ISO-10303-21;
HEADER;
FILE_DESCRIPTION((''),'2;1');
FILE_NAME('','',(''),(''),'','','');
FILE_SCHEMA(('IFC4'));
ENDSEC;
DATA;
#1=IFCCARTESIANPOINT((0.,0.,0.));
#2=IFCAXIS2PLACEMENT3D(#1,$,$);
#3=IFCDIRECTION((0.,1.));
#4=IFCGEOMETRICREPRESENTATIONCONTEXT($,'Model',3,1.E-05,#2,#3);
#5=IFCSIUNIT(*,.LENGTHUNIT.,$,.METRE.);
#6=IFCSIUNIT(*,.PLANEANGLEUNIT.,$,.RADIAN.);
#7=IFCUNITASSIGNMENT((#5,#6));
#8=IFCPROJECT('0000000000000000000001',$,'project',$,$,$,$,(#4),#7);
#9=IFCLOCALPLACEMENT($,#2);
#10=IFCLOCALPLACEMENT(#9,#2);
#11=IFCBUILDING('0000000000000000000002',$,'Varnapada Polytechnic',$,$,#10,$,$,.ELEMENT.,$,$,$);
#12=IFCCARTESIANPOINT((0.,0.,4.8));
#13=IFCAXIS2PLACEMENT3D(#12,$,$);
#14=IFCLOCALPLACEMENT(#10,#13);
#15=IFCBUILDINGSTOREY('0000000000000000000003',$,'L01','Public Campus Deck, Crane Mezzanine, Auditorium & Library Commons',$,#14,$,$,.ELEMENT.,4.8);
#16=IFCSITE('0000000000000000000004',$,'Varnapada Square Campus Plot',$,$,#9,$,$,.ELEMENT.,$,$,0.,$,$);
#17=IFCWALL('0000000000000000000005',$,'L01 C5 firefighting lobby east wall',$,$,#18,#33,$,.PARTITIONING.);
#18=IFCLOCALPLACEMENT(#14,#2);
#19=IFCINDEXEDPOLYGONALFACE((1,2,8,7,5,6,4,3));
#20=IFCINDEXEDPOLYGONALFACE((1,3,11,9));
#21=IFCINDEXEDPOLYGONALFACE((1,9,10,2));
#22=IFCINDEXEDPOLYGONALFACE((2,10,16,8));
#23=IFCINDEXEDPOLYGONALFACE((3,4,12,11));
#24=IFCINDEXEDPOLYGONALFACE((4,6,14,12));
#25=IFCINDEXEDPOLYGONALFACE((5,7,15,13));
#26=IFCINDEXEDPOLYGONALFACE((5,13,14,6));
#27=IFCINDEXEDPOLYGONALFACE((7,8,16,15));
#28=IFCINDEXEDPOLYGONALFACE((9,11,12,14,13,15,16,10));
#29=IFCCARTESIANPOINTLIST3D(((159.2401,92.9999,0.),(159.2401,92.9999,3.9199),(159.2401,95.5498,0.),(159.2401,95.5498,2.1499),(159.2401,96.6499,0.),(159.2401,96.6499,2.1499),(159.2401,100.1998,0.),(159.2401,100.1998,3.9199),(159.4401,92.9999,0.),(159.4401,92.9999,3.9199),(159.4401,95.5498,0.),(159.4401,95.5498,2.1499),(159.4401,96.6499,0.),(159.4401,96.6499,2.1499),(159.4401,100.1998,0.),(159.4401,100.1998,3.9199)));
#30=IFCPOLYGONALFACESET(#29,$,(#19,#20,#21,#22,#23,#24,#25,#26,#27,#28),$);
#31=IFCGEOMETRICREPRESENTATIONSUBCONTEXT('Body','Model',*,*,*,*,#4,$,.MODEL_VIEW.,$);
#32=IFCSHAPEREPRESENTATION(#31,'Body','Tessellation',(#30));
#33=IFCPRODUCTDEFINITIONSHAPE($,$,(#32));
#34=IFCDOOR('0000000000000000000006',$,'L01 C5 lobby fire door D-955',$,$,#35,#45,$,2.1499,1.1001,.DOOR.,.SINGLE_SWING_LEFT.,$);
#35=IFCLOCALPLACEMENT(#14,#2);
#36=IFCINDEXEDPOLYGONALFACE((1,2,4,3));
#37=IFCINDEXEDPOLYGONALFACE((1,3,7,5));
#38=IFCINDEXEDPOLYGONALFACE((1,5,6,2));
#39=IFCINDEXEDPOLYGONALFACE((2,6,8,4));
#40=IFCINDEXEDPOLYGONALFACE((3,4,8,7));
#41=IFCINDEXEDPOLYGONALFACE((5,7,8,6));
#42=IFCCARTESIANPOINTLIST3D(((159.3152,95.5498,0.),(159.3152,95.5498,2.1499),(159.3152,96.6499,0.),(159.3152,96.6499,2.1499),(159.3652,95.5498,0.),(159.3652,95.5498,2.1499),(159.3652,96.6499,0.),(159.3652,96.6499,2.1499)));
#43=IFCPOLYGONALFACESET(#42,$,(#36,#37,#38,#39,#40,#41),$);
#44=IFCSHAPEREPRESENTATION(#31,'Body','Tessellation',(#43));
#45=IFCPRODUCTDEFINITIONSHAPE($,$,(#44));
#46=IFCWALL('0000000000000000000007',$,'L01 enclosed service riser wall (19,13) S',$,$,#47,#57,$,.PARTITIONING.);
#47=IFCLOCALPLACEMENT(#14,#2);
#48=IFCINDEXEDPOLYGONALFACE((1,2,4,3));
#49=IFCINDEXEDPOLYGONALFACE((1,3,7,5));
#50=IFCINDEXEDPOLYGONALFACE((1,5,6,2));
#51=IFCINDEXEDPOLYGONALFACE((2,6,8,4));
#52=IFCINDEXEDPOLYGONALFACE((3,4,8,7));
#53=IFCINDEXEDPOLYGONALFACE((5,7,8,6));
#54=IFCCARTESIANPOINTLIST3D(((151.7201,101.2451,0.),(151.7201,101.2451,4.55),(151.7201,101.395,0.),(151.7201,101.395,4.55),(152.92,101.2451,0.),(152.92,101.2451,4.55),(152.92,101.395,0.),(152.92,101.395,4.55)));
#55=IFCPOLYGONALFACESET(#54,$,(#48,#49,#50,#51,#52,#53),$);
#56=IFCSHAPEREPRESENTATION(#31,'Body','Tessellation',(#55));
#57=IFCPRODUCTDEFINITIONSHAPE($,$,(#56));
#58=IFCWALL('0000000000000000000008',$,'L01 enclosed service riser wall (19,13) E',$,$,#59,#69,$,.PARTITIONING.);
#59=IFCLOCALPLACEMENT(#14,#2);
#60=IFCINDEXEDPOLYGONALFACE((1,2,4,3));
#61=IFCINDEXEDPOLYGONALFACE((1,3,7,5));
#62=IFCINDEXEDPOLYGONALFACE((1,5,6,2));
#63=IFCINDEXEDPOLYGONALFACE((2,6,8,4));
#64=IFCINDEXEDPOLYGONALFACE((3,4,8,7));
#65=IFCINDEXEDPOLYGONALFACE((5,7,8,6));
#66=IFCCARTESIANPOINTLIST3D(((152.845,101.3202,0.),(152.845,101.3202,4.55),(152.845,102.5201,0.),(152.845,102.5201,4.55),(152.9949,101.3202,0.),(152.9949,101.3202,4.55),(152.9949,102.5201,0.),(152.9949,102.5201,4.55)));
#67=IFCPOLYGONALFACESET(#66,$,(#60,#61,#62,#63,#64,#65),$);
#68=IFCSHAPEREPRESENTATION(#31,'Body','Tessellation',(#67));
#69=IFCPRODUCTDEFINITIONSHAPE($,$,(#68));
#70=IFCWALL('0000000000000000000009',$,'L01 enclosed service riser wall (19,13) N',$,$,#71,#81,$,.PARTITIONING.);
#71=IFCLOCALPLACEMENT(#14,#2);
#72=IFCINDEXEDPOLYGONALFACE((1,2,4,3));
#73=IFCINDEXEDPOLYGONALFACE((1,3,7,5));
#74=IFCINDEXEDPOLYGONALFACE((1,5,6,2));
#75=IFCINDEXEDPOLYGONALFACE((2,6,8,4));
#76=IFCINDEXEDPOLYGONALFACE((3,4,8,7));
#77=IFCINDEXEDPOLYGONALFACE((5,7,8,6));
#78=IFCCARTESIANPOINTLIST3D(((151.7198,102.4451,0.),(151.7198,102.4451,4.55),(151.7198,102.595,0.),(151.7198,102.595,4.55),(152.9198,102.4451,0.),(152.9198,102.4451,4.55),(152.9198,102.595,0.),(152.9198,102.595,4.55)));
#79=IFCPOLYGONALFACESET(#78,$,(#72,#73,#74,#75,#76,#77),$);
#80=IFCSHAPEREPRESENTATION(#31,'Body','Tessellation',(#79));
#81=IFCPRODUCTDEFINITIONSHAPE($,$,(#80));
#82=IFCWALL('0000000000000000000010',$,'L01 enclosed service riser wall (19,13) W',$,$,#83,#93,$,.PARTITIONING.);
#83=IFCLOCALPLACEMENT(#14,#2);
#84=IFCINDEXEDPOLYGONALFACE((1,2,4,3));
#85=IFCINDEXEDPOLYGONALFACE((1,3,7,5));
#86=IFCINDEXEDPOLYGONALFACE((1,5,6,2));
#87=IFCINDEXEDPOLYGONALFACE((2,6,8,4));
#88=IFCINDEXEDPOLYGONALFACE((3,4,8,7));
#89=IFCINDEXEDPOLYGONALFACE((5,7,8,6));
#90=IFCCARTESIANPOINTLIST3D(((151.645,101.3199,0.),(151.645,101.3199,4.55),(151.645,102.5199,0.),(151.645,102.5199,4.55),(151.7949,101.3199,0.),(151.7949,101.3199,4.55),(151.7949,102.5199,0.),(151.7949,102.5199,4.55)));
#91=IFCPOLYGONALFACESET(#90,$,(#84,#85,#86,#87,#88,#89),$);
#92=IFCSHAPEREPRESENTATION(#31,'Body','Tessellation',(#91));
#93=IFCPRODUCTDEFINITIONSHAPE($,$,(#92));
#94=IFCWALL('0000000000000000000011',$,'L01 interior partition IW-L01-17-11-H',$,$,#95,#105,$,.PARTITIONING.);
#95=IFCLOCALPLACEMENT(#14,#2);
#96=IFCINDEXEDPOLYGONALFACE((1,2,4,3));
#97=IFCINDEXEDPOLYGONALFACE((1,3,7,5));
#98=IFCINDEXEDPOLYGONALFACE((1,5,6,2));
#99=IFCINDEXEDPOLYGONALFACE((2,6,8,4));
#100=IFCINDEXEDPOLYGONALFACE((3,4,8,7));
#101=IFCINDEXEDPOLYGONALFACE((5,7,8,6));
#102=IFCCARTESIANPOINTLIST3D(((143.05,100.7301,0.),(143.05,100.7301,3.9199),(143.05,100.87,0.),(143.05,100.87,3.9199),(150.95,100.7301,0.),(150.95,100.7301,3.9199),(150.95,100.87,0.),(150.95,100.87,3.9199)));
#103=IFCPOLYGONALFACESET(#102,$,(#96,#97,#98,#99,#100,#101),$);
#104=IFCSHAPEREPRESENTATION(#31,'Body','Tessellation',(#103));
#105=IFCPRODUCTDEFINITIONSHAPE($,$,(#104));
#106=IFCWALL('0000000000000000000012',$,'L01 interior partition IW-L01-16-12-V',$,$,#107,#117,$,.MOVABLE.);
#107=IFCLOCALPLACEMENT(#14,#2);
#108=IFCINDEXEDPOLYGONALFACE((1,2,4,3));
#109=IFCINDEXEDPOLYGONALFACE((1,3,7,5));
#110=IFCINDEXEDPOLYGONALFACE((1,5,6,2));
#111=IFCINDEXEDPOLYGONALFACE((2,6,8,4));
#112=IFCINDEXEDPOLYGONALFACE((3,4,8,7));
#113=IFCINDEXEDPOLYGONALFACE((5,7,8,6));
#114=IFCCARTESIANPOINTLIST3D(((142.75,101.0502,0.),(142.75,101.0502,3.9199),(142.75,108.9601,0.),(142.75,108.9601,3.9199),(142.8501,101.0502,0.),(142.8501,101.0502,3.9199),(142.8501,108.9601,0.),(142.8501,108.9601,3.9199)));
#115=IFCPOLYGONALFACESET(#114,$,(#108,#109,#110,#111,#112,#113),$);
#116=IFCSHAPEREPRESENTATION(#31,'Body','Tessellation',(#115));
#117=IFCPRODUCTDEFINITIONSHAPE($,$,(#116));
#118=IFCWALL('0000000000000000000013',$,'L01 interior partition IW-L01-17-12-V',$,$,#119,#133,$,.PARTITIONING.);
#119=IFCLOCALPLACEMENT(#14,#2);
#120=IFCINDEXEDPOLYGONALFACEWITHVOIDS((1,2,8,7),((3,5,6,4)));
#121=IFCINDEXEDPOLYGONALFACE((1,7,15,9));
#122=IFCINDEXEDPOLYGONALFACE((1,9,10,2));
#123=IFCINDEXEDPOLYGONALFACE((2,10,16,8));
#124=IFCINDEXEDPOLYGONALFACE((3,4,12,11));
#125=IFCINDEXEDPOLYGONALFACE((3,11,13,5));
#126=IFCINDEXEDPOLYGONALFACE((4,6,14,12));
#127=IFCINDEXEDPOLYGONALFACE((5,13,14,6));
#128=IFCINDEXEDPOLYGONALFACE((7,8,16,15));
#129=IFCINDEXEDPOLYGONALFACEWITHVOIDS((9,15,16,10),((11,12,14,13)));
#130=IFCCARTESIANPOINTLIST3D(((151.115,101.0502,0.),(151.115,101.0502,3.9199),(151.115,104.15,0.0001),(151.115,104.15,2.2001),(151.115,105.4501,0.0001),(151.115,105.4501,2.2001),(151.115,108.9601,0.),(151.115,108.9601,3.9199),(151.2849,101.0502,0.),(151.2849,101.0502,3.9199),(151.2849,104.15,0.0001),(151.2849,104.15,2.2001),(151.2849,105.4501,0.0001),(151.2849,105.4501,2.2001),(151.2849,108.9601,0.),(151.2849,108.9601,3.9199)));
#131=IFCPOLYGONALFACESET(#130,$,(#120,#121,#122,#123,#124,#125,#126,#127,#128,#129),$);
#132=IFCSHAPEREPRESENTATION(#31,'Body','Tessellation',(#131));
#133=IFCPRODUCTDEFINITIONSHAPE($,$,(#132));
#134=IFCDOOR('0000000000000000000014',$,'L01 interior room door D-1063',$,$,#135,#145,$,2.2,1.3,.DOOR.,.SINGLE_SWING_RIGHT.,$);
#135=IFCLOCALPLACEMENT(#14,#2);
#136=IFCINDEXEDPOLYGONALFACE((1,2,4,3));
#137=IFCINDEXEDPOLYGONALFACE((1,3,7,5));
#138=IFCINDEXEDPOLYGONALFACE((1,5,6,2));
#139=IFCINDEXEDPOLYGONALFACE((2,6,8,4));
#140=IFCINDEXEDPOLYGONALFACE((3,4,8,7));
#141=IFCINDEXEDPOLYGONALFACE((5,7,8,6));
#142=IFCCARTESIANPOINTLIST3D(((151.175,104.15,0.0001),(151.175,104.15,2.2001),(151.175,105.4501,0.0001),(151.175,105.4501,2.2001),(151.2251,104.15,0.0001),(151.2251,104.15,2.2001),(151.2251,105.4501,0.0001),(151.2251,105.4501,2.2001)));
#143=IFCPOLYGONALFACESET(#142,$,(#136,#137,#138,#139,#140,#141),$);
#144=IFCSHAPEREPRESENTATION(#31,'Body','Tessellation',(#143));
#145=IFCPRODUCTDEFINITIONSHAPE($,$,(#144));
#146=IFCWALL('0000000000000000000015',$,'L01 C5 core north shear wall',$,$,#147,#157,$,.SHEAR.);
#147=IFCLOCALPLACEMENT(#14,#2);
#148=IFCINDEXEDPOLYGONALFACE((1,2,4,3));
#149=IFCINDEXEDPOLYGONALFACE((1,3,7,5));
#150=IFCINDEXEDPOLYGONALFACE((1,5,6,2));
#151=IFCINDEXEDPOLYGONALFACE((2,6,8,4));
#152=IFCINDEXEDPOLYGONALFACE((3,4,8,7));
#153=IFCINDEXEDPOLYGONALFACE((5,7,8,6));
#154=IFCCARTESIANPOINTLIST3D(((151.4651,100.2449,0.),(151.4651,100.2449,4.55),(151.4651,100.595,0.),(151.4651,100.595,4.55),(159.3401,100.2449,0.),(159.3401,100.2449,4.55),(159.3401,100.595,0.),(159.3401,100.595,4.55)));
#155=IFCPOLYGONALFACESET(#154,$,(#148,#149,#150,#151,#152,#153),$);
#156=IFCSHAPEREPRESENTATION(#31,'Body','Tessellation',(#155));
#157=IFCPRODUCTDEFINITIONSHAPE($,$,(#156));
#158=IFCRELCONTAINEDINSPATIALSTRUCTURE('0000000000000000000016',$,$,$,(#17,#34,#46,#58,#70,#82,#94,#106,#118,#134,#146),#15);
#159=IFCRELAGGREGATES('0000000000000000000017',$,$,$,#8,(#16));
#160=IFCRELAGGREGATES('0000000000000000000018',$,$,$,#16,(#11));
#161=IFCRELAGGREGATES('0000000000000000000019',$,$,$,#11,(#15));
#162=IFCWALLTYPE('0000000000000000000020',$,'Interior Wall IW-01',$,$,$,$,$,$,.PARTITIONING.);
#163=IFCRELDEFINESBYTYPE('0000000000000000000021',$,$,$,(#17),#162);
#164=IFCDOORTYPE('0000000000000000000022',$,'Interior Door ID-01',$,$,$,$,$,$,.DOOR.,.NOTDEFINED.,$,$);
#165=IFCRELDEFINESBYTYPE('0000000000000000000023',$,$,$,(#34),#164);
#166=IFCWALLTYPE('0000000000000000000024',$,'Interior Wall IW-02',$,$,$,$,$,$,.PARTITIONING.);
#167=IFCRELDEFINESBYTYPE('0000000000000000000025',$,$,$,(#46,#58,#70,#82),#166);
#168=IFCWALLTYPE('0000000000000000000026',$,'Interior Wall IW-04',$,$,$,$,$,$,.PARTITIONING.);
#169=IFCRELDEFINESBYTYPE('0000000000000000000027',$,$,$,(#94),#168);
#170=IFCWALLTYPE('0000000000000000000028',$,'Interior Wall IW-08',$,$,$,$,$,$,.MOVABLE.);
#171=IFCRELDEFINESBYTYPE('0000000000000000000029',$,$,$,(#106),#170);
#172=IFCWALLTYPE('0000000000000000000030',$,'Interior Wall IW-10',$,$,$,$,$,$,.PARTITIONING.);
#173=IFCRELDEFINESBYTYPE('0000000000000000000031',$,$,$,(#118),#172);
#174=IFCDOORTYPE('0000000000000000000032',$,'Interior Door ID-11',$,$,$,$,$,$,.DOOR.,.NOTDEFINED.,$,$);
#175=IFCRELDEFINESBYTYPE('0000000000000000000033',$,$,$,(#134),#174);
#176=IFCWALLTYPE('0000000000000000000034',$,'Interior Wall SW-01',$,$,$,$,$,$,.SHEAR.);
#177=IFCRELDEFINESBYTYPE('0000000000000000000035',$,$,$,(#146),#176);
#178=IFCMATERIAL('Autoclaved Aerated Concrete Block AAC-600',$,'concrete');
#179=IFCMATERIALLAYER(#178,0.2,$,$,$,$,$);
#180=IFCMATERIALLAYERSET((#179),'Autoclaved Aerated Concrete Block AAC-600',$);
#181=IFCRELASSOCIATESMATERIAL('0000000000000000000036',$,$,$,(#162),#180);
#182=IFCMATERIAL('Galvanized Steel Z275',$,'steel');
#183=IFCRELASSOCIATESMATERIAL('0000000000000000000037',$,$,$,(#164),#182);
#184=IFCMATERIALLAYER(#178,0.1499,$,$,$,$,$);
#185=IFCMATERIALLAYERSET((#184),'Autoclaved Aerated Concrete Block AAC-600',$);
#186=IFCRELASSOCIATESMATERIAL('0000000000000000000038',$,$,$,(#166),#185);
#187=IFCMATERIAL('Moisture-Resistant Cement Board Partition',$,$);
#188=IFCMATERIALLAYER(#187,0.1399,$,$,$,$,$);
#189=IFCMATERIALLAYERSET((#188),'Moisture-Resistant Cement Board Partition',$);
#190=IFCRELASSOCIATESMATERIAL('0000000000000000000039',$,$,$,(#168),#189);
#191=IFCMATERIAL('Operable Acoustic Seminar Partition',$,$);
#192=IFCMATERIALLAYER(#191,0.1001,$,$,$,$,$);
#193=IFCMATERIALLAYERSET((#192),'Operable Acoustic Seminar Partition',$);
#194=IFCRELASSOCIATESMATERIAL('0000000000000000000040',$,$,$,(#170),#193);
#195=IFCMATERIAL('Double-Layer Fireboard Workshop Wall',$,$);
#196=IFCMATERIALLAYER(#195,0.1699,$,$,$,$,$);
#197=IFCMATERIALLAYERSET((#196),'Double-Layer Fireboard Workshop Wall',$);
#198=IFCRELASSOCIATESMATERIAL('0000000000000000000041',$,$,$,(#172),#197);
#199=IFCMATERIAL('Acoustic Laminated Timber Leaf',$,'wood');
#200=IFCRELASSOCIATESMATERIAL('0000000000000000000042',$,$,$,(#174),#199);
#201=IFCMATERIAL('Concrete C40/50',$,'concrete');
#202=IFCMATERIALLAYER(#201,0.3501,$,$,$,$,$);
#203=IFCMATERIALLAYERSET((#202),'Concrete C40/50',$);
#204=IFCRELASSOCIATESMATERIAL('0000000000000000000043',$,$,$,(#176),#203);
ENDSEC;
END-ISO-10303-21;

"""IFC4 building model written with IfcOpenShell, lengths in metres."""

from ifc_helpers import new_model, si_unit, direction, frame, frame_2d, origin, place, context, subcontext, project, spatial, rectangle, extrude, material, layer, layer_set, type_object, element, fill, save


model = new_model("IFC4")

# Units and contexts
model_context = context("Model", 3, precision=1e-05, world=origin(), true_north=direction((0.0, 1.0)))
body_context = subcontext(model_context, "Body", "Model", "MODEL_VIEW")
ifc_project = project(units=[si_unit("LENGTHUNIT", "METRE"), si_unit("PLANEANGLEUNIT", "RADIAN")], contexts=[model_context])

# Site, building, storey
site_placement = place(None, origin())
site = spatial("IfcSite", under=ifc_project, at=site_placement, Name="Varnapada Square Campus Plot", CompositionType="ELEMENT", RefElevation=0.0)
building_placement = place(site_placement, origin())
building = spatial("IfcBuilding", under=site, at=building_placement, Name="Varnapada Polytechnic", CompositionType="ELEMENT")
storey_placement = place(building_placement, frame((0.0, 0.0, 4.8)))
storey = spatial("IfcBuildingStorey", under=building, at=storey_placement, Name="L01", Description="Public Campus Deck, Crane Mezzanine, Auditorium & Library Commons", CompositionType="ELEMENT", Elevation=4.8)

# Wall, opening, door
ifc_material_1 = material(Name="Autoclaved Aerated Concrete Block AAC-600", Category="concrete")
ifc_layer_1 = layer(ifc_material_1, 0.2)
ifc_layer_set_1 = layer_set([ifc_layer_1], Name="Autoclaved Aerated Concrete Block AAC-600")
wall_type_1 = type_object("IfcWallType", Name="Interior Wall IW-01", PredefinedType="PARTITIONING", material=ifc_layer_set_1)
wall_1_placement = place(storey_placement, frame((159.3401, 100.2, 0.0), z_axis=(0.0, 0.0, 1.0), x_axis=(0.0, -1.0, 0.0)))
wall_1 = element("IfcWall", 1, at=wall_1_placement, inside=storey, type_object=wall_type_1, Name="L01 C5 firefighting lobby east wall", PredefinedType="PARTITIONING", context=body_context, shape_type="SweptSolid", body=[
    extrude(rectangle(XDim=7.2, YDim=0.2, at=frame_2d((3.6001, 0.0))), origin(), (0.0, 0.0, 1.0), 3.9199),
])
opening_1_placement = place(wall_1_placement, frame((3.55, 0.0, 0.0)))
opening_1 = element("IfcOpeningElement", 2, at=opening_1_placement, cuts=wall_1, PredefinedType="OPENING", context=body_context, shape_type="SweptSolid", body=[
    extrude(rectangle(XDim=1.1001, YDim=2.1499, at=frame_2d((0.55, 1.075))), frame((0.0, 0.1099, 0.0), z_axis=(0.0, -1.0, 0.0), x_axis=(1.0, 0.0, 0.0)), (0.0, 0.0, 1.0), 0.22),
])
ifc_material_2 = material(Name="Galvanized Steel Z275", Category="steel")
door_type_1 = type_object("IfcDoorType", Name="Interior Door ID-01", OperationType="NOTDEFINED", PredefinedType="DOOR", material=ifc_material_2)
door_1_placement = place(opening_1_placement, frame((1.1001, 0.0, 0.0), z_axis=(0.0, 0.0, 1.0), x_axis=(-1.0, 0.0, 0.0)))
door_1 = element("IfcDoor", 3, at=door_1_placement, inside=storey, type_object=door_type_1, Name="L01 C5 lobby fire door D-955", OperationType="SINGLE_SWING_LEFT", OverallHeight=2.1499, OverallWidth=1.1001, PredefinedType="DOOR", context=body_context, shape_type="SweptSolid", body=[
    extrude(rectangle(XDim=1.1001, YDim=2.1499, at=frame_2d((0.55, 1.075))), frame((0.0, 0.0249, 0.0), z_axis=(0.0, -1.0, 0.0), x_axis=(1.0, 0.0, 0.0)), (0.0, 0.0, 1.0), 0.05),
])
fill(opening_1, door_1)

# Walls
ifc_layer_2 = layer(ifc_material_1, 0.1499)
ifc_layer_set_2 = layer_set([ifc_layer_2], Name="Autoclaved Aerated Concrete Block AAC-600")
wall_type_2 = type_object("IfcWallType", Name="Interior Wall IW-02", PredefinedType="PARTITIONING", material=ifc_layer_set_2)
for number, where, z_axis, x_axis, name in (
    (4, (151.72, 101.3201, 0.0), (0.0, 0.0, 1.0), (1.0, 0.0, 0.0), "L01 enclosed service riser wall (19,13) S"),
    (5, (152.9199, 101.3201, 0.0), (0.0, 0.0, 1.0), (0.0, 1.0, 0.0), "L01 enclosed service riser wall (19,13) E"),
    (6, (152.9199, 102.52, 0.0), (0.0, 0.0, 1.0), (-1.0, 0.0, 0.0), "L01 enclosed service riser wall (19,13) N"),
    (7, (151.72, 102.52, 0.0), (0.0, 0.0, 1.0), (0.0, -1.0, 0.0), "L01 enclosed service riser wall (19,13) W"),
):
    element("IfcWall", number, at=place(storey_placement, frame(where, z_axis=z_axis, x_axis=x_axis)), inside=storey, type_object=wall_type_2, Name=name, PredefinedType="PARTITIONING", context=body_context, shape_type="SweptSolid", body=[
        extrude(rectangle(XDim=1.2, YDim=0.1499, at=frame_2d((0.6001, 0.0))), origin(), (0.0, 0.0, 1.0), 4.55),
    ])
ifc_material_3 = material(Name="Moisture-Resistant Cement Board Partition")
ifc_layer_3 = layer(ifc_material_3, 0.1399)
ifc_layer_set_3 = layer_set([ifc_layer_3], Name="Moisture-Resistant Cement Board Partition")
wall_type_3 = type_object("IfcWallType", Name="Interior Wall IW-04", PredefinedType="PARTITIONING", material=ifc_layer_set_3)
wall_2_placement = place(storey_placement, frame((143.05, 100.8, 0.0), z_axis=(0.0, 0.0, 1.0), x_axis=(1.0, 0.0, 0.0)))
element("IfcWall", 8, at=wall_2_placement, inside=storey, type_object=wall_type_3, Name="L01 interior partition IW-L01-17-11-H", PredefinedType="PARTITIONING", context=body_context, shape_type="SweptSolid", body=[
    extrude(rectangle(XDim=7.8999, YDim=0.1399, at=frame_2d((3.95, 0.0))), origin(), (0.0, 0.0, 1.0), 3.9199),
])
ifc_material_4 = material(Name="Operable Acoustic Seminar Partition")
ifc_layer_4 = layer(ifc_material_4, 0.1001)
ifc_layer_set_4 = layer_set([ifc_layer_4], Name="Operable Acoustic Seminar Partition")
wall_type_4 = type_object("IfcWallType", Name="Interior Wall IW-08", PredefinedType="MOVABLE", material=ifc_layer_set_4)
wall_3_placement = place(storey_placement, frame((142.8, 101.05, 0.0), z_axis=(0.0, 0.0, 1.0), x_axis=(0.0, 1.0, 0.0)))
element("IfcWall", 9, at=wall_3_placement, inside=storey, type_object=wall_type_4, Name="L01 interior partition IW-L01-16-12-V", PredefinedType="MOVABLE", context=body_context, shape_type="SweptSolid", body=[
    extrude(rectangle(XDim=7.9099, YDim=0.1001, at=frame_2d((3.9551, 0.0))), origin(), (0.0, 0.0, 1.0), 3.9199),
])

# Wall, opening, door
ifc_material_5 = material(Name="Double-Layer Fireboard Workshop Wall")
ifc_layer_5 = layer(ifc_material_5, 0.1699)
ifc_layer_set_5 = layer_set([ifc_layer_5], Name="Double-Layer Fireboard Workshop Wall")
wall_type_5 = type_object("IfcWallType", Name="Interior Wall IW-10", PredefinedType="PARTITIONING", material=ifc_layer_set_5)
wall_4_placement = place(storey_placement, frame((151.2, 101.05, 0.0), z_axis=(0.0, 0.0, 1.0), x_axis=(0.0, 1.0, 0.0)))
wall_4 = element("IfcWall", 10, at=wall_4_placement, inside=storey, type_object=wall_type_5, Name="L01 interior partition IW-L01-17-12-V", PredefinedType="PARTITIONING", context=body_context, shape_type="SweptSolid", body=[
    extrude(rectangle(XDim=7.9099, YDim=0.1699, at=frame_2d((3.9551, 0.0))), origin(), (0.0, 0.0, 1.0), 3.9199),
])
opening_2_placement = place(wall_4_placement, frame((3.1001, 0.0, 0.0)))
opening_2 = element("IfcOpeningElement", 11, at=opening_2_placement, cuts=wall_4, PredefinedType="OPENING", context=body_context, shape_type="SweptSolid", body=[
    extrude(rectangle(XDim=1.3, YDim=2.2, at=frame_2d((0.6499, 1.1001))), frame((0.0, 0.095, 0.0), z_axis=(0.0, -1.0, 0.0), x_axis=(1.0, 0.0, 0.0)), (0.0, 0.0, 1.0), 0.1899),
])
ifc_material_6 = material(Name="Acoustic Laminated Timber Leaf", Category="wood")
door_type_2 = type_object("IfcDoorType", Name="Interior Door ID-11", OperationType="NOTDEFINED", PredefinedType="DOOR", material=ifc_material_6)
door_2_placement = place(opening_2_placement, origin())
door_2 = element("IfcDoor", 12, at=door_2_placement, inside=storey, type_object=door_type_2, Name="L01 interior room door D-1063", OperationType="SINGLE_SWING_RIGHT", OverallHeight=2.2, OverallWidth=1.3, PredefinedType="DOOR", context=body_context, shape_type="SweptSolid", body=[
    extrude(rectangle(XDim=1.3, YDim=2.2, at=frame_2d((0.6499, 1.1001))), frame((0.0, 0.0249, 0.0), z_axis=(0.0, -1.0, 0.0), x_axis=(1.0, 0.0, 0.0)), (0.0, 0.0, 1.0), 0.05),
])
fill(opening_2, door_2)

# Wall
ifc_material_7 = material(Name="Concrete C40/50", Category="concrete")
ifc_layer_6 = layer(ifc_material_7, 0.3501)
ifc_layer_set_6 = layer_set([ifc_layer_6], Name="Concrete C40/50")
wall_type_6 = type_object("IfcWallType", Name="Interior Wall SW-01", PredefinedType="SHEAR", material=ifc_layer_set_6)
wall_5_placement = place(storey_placement, frame((151.4651, 100.4199, 0.0), z_axis=(0.0, 0.0, 1.0), x_axis=(1.0, 0.0, 0.0)))
element("IfcWall", 13, at=wall_5_placement, inside=storey, type_object=wall_type_6, Name="L01 C5 core north shear wall", PredefinedType="SHEAR", context=body_context, shape_type="SweptSolid", body=[
    extrude(rectangle(XDim=7.875, YDim=0.3501, at=frame_2d((3.9375, 0.0))), origin(), (0.0, 0.0, 1.0), 4.55),
])

save(model, "model.ifc")
